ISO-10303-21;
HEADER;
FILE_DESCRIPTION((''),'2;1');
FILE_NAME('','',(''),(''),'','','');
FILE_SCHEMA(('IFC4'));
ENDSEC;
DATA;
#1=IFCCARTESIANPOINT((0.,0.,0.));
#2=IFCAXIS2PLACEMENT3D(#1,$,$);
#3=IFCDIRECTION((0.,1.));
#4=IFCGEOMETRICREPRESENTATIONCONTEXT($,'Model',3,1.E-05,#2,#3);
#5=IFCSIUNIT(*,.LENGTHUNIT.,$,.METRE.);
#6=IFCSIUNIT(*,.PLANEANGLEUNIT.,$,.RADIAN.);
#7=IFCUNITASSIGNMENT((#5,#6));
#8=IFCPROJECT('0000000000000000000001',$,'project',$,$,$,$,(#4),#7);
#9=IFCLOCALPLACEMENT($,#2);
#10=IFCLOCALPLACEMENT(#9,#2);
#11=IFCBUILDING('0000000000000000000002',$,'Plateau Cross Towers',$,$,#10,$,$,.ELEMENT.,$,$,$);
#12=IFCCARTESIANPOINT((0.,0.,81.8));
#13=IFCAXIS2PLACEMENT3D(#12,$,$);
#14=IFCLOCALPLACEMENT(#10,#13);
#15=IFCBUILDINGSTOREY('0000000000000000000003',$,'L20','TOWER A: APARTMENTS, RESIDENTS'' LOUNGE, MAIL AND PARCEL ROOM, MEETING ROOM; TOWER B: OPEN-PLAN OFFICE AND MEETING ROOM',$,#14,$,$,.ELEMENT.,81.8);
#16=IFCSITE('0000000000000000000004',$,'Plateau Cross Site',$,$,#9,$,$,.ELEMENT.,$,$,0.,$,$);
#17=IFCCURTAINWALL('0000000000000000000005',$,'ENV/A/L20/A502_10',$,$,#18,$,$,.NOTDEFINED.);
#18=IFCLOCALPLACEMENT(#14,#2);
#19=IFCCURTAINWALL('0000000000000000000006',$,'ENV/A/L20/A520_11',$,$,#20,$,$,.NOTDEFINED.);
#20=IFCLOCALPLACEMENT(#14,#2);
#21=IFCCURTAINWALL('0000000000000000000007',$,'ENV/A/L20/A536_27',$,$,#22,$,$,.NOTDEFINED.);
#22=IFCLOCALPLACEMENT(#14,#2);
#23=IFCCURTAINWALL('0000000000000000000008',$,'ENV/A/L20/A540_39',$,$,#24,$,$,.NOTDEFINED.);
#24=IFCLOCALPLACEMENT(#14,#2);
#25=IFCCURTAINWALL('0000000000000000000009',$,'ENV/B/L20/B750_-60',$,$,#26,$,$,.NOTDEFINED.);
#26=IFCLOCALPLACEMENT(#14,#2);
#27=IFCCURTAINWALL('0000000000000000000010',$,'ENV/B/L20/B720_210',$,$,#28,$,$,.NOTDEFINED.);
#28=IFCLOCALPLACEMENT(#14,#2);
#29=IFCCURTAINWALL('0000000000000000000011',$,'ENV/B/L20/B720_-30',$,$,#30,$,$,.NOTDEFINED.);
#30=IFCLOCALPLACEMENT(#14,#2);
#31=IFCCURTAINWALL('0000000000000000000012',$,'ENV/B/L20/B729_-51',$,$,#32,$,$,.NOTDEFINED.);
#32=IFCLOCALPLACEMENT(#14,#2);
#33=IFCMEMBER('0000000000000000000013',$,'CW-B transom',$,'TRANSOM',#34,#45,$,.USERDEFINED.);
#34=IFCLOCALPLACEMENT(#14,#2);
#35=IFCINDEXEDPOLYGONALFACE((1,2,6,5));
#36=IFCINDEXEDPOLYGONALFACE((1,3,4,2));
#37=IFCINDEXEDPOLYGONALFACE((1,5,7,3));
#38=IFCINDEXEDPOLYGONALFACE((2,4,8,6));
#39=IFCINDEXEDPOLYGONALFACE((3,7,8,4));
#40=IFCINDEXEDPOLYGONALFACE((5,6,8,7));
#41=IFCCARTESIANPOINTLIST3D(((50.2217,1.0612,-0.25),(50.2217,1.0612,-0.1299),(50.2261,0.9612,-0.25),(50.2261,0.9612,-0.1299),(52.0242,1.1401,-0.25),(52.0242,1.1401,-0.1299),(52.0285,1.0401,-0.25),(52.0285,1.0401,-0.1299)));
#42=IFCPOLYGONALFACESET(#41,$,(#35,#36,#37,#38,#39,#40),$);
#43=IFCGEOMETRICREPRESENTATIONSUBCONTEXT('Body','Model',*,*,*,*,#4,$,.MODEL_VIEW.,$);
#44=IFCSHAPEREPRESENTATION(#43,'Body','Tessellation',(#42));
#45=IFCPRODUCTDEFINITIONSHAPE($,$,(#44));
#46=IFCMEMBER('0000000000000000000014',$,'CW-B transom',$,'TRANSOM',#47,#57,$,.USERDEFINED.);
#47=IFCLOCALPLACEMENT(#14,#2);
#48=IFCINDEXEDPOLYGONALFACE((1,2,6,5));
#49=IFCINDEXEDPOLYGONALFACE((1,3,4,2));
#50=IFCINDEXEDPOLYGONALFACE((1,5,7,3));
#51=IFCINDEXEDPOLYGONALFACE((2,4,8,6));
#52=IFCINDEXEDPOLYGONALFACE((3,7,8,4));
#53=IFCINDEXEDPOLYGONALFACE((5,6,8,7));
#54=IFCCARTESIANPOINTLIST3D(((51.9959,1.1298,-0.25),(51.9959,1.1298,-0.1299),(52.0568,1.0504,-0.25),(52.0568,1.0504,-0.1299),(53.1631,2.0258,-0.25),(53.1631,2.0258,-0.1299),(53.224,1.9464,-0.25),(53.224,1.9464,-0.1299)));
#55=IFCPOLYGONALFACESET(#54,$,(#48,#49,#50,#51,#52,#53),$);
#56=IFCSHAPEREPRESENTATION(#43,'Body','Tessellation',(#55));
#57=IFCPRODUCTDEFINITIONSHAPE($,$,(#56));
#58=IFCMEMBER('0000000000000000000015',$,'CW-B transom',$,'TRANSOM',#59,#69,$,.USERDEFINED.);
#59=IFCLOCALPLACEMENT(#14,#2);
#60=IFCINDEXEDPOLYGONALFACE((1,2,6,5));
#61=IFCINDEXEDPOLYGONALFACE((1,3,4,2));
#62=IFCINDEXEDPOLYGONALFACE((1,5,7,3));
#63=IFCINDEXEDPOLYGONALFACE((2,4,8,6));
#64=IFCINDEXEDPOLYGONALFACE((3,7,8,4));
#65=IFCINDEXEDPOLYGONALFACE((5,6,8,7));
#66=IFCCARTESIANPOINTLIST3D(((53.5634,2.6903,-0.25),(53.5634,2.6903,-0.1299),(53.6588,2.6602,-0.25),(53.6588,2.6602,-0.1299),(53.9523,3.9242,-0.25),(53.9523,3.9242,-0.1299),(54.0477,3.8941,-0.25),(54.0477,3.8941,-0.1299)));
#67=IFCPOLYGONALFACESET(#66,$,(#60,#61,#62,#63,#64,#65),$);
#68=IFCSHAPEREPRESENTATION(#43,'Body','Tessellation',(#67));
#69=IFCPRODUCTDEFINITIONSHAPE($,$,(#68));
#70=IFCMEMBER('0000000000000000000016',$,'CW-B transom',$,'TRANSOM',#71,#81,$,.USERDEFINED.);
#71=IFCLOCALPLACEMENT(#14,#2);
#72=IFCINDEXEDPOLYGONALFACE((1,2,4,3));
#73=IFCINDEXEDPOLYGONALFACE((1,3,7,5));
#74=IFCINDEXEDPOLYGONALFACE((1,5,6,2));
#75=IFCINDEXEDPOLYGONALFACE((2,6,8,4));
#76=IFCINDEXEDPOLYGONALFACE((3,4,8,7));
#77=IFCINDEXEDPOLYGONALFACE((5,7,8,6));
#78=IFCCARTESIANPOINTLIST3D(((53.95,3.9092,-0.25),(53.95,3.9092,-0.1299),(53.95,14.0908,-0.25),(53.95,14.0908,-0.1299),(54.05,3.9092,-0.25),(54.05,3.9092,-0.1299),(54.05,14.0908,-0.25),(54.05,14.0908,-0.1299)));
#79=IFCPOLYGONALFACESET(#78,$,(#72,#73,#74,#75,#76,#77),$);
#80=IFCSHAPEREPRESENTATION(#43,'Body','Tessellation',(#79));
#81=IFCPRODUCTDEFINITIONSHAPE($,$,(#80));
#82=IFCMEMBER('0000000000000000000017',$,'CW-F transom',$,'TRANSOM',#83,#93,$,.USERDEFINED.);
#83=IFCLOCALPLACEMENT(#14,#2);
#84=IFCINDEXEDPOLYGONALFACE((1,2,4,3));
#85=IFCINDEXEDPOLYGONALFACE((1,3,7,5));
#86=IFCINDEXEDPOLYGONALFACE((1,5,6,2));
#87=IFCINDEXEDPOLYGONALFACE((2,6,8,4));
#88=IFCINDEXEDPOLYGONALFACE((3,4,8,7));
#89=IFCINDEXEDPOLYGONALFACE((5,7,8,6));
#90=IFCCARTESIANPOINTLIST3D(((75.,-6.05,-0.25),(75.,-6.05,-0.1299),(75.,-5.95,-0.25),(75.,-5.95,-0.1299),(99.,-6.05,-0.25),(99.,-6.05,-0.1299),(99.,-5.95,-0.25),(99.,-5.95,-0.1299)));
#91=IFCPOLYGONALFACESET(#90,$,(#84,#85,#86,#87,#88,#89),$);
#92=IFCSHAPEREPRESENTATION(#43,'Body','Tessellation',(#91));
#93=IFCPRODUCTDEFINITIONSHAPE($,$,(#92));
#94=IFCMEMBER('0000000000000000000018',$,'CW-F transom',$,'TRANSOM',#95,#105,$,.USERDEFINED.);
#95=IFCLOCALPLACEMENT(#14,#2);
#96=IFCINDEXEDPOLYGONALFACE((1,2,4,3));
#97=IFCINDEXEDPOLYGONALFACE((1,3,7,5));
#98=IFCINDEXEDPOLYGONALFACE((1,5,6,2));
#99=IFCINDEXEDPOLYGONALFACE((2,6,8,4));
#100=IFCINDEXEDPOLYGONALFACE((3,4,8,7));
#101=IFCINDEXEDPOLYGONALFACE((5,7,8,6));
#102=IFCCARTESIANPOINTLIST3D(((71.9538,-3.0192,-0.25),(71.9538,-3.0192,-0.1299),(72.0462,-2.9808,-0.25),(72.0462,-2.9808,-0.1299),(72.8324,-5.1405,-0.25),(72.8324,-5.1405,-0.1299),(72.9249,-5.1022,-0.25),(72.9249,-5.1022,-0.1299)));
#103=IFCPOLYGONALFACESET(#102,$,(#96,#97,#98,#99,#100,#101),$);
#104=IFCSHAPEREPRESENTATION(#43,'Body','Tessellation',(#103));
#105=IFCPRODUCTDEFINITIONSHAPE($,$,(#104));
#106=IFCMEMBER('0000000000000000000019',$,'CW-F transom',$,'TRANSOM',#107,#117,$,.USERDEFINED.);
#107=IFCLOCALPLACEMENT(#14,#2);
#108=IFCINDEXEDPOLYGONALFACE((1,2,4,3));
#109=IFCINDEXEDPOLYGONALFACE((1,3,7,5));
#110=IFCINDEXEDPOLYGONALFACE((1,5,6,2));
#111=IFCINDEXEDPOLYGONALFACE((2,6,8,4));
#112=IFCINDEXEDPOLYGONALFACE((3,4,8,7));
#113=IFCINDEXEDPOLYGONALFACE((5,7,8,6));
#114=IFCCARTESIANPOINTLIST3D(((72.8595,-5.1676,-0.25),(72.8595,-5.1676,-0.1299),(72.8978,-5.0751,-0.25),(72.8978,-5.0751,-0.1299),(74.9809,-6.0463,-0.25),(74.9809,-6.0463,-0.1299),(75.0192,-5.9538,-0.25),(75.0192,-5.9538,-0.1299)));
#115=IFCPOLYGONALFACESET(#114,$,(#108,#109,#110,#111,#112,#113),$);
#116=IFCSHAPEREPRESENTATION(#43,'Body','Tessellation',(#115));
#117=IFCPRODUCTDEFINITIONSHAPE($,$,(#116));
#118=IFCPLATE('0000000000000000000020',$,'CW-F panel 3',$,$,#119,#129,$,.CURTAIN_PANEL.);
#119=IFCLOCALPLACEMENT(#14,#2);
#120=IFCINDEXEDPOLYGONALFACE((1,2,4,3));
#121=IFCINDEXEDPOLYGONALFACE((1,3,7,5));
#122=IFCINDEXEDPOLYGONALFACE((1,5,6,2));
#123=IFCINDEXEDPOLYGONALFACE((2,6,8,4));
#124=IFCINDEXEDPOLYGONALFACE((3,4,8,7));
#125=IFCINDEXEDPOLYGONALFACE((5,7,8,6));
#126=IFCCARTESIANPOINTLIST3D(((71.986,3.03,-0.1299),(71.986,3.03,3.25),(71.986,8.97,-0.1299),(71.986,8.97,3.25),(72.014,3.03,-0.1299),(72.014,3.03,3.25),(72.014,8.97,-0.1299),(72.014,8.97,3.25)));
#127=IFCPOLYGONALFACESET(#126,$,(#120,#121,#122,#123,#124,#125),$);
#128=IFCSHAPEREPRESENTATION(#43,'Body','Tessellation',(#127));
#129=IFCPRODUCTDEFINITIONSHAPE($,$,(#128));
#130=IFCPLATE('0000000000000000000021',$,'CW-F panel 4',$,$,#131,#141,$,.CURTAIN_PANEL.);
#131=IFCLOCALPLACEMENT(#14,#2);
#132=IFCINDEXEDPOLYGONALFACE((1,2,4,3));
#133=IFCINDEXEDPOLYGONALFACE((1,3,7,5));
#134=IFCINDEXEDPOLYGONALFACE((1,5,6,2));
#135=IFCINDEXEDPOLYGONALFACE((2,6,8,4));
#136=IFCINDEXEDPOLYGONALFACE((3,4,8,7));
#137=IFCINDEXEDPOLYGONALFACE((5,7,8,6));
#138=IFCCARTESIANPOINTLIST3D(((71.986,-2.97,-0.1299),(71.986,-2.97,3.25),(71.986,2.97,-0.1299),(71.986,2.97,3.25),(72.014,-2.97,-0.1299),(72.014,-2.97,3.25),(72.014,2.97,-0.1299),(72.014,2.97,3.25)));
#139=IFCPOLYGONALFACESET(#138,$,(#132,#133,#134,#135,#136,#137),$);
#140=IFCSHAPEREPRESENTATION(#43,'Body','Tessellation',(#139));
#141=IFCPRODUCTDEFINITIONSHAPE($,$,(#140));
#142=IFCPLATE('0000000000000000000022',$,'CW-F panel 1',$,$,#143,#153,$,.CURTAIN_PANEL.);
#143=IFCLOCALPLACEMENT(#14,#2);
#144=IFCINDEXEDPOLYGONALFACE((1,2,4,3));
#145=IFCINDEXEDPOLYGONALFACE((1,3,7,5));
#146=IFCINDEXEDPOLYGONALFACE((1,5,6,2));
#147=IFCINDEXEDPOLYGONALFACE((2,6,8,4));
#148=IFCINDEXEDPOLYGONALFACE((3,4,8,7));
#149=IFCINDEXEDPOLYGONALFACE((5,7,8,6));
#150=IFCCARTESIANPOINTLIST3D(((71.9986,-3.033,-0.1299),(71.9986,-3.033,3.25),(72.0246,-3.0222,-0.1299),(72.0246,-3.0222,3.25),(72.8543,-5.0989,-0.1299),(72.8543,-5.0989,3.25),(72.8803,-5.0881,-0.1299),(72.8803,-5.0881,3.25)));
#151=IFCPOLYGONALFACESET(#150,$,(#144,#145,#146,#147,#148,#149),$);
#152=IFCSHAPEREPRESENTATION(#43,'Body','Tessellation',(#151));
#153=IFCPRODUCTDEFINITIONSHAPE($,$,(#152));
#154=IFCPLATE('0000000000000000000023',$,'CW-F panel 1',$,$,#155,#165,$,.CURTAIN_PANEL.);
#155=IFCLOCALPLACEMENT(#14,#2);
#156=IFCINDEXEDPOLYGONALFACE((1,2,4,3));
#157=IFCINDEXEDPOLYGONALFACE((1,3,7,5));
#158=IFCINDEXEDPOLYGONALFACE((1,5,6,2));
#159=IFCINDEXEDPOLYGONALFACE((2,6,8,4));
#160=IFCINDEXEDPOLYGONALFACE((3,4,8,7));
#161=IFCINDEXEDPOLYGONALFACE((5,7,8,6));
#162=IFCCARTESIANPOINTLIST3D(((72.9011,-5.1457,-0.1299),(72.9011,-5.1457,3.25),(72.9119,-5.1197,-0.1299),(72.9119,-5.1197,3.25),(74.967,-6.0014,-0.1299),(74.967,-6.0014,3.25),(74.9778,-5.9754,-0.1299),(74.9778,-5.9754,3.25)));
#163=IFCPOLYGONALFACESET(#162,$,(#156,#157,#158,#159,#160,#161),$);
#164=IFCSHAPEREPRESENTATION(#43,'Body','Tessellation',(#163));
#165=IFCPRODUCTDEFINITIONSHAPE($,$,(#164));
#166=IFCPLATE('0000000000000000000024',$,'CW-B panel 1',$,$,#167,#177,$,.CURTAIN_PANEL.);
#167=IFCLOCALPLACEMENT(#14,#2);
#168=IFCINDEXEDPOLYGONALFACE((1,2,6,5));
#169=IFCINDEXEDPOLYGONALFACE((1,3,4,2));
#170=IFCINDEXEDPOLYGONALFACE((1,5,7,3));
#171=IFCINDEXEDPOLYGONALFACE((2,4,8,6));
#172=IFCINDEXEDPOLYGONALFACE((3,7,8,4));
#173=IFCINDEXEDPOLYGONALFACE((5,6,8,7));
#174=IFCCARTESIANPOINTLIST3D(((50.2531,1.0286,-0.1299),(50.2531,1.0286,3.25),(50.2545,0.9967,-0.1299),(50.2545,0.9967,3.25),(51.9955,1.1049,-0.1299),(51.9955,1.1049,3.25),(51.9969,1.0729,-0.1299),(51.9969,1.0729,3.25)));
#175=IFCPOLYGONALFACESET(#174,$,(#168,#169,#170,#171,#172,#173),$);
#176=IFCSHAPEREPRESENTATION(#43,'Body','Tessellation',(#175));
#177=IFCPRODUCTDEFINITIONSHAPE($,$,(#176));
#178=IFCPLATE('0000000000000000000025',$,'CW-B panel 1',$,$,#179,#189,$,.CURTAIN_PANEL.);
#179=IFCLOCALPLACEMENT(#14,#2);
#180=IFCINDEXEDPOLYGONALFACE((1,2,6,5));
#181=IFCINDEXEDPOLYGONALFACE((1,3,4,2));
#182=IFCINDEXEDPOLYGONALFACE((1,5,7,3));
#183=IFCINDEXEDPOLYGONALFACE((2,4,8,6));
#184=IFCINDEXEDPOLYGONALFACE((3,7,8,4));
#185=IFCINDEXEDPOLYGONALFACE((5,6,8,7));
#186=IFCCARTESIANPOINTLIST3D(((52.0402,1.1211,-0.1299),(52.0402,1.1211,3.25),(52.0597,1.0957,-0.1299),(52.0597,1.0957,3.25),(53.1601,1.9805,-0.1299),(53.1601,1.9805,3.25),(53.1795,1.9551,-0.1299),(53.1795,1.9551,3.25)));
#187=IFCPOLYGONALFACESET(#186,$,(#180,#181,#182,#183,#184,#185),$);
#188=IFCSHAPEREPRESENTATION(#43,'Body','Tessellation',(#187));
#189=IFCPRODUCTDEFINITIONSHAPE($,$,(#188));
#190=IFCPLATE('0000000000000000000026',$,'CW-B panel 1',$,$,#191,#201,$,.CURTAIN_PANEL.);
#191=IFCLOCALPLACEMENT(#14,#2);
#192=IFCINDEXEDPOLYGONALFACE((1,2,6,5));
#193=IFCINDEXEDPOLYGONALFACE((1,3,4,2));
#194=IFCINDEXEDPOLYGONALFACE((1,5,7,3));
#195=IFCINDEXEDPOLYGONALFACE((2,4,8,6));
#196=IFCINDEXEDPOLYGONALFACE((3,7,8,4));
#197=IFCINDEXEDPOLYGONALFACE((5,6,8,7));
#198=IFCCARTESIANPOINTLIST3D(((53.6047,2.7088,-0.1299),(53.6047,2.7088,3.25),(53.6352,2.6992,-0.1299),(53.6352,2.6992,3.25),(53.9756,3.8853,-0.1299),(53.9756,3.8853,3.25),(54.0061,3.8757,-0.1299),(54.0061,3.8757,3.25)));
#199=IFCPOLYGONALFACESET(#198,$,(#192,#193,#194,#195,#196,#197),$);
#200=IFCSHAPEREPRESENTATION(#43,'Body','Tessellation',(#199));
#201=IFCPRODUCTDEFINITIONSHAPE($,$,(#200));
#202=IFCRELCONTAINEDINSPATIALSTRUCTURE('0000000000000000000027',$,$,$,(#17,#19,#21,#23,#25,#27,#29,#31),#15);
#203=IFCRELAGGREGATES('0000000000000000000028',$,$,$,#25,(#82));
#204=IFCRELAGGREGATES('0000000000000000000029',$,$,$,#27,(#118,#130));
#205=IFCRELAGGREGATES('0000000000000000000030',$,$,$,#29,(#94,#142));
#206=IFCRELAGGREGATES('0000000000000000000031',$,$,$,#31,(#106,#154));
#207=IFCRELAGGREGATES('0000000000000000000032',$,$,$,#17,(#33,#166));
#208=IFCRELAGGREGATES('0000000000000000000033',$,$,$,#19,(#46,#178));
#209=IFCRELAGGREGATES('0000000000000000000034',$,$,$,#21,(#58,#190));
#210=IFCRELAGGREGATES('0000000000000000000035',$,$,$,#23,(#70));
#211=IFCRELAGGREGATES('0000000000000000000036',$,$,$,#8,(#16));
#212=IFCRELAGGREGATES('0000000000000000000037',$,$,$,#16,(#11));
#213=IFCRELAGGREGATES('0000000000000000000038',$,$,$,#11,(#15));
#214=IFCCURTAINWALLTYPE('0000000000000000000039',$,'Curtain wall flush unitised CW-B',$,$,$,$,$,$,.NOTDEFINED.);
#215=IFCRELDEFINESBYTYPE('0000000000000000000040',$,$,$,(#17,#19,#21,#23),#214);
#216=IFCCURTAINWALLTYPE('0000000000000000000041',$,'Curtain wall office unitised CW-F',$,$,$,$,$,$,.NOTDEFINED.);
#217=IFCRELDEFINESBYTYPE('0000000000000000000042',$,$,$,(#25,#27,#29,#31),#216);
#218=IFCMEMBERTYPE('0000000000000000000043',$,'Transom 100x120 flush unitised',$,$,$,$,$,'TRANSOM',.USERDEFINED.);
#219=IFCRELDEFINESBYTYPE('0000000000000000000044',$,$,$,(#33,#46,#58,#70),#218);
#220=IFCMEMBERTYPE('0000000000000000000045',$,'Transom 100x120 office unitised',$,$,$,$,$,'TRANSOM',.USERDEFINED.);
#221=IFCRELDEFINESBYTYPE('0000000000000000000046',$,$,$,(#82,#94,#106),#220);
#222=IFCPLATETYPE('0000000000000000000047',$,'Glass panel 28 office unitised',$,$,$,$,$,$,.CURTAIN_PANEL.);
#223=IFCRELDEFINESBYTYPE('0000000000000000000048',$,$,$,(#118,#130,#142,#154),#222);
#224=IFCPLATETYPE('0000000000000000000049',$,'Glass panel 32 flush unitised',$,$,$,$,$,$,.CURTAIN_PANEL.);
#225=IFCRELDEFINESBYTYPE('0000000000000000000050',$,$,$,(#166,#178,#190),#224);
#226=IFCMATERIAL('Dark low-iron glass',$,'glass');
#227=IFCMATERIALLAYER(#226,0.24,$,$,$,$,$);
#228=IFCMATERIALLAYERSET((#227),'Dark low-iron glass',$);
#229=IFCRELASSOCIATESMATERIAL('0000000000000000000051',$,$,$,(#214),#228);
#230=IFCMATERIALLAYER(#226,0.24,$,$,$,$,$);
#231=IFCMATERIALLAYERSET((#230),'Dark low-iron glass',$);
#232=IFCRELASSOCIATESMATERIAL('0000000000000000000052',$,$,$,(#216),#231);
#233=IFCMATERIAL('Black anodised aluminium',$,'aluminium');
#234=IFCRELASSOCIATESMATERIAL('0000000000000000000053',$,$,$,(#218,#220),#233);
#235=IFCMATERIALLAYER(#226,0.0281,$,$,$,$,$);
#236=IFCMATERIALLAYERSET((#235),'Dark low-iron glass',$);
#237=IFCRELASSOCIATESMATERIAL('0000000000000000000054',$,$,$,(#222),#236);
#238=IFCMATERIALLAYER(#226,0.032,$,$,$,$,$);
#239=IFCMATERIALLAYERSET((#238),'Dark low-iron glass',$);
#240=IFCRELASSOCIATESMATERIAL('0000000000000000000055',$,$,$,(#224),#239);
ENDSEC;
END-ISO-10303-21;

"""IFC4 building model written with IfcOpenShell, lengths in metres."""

from ifc_helpers import new_model, si_unit, direction, frame, origin, origin_2d, place, context, subcontext, project, spatial, rectangle, extrude, material, layer, layer_set, material_profile, profile_set, type_object, element, aggregate, save


model = new_model("IFC4")

# Units and contexts
model_context = context("Model", 3, precision=1e-05, world=origin(), true_north=direction((0.0, 1.0)))
body_context = subcontext(model_context, "Body", "Model", "MODEL_VIEW")
ifc_project = project(units=[si_unit("LENGTHUNIT", "METRE"), si_unit("PLANEANGLEUNIT", "RADIAN")], contexts=[model_context])

# Site, building, storey
site_placement = place(None, origin())
site = spatial("IfcSite", under=ifc_project, at=site_placement, Name="Plateau Cross Site", CompositionType="ELEMENT", RefElevation=0.0)
building_placement = place(site_placement, origin())
building = spatial("IfcBuilding", under=site, at=building_placement, Name="Plateau Cross Towers", CompositionType="ELEMENT")
storey_placement = place(building_placement, frame((0.0, 0.0, 81.8)))
storey = spatial("IfcBuildingStorey", under=building, at=storey_placement, Name="L20", Description="TOWER A: APARTMENTS, RESIDENTS' LOUNGE, MAIL AND PARCEL ROOM, MEETING ROOM; TOWER B: OPEN-PLAN OFFICE AND MEETING ROOM", CompositionType="ELEMENT", Elevation=81.8)

# Curtain wall
ifc_material_1 = material(Name="Dark low-iron glass", Category="glass")
ifc_layer_1 = layer(ifc_material_1, 0.24)
ifc_layer_set_1 = layer_set([ifc_layer_1], Name="Dark low-iron glass")
curtain_wall_type_1 = type_object("IfcCurtainWallType", Name="Curtain wall flush unitised CW-B", PredefinedType="NOTDEFINED", material=ifc_layer_set_1)
curtain_wall_1_placement = place(storey_placement, origin())
curtain_wall_1 = element("IfcCurtainWall", 1, at=curtain_wall_1_placement, inside=storey, type_object=curtain_wall_type_1, Name="ENV/A/L20/A502_10", PredefinedType="NOTDEFINED")
ifc_material_2 = material(Name="Black anodised aluminium", Category="aluminium")

# Curtain wall
curtain_wall_2_placement = place(storey_placement, origin())
curtain_wall_2 = element("IfcCurtainWall", 2, at=curtain_wall_2_placement, inside=storey, type_object=curtain_wall_type_1, Name="ENV/A/L20/A520_11", PredefinedType="NOTDEFINED")

# Curtain wall
curtain_wall_3_placement = place(storey_placement, origin())
curtain_wall_3 = element("IfcCurtainWall", 3, at=curtain_wall_3_placement, inside=storey, type_object=curtain_wall_type_1, Name="ENV/A/L20/A536_27", PredefinedType="NOTDEFINED")

# Curtain wall
curtain_wall_4_placement = place(storey_placement, origin())
curtain_wall_4 = element("IfcCurtainWall", 4, at=curtain_wall_4_placement, inside=storey, type_object=curtain_wall_type_1, Name="ENV/A/L20/A540_39", PredefinedType="NOTDEFINED")

# Curtain walls
ifc_layer_2 = layer(ifc_material_1, 0.24)
ifc_layer_set_2 = layer_set([ifc_layer_2], Name="Dark low-iron glass")
curtain_wall_type_2 = type_object("IfcCurtainWallType", Name="Curtain wall office unitised CW-F", PredefinedType="NOTDEFINED", material=ifc_layer_set_2)
curtain_wall_5_placement = place(storey_placement, origin())
curtain_wall_5 = element("IfcCurtainWall", 5, at=curtain_wall_5_placement, inside=storey, type_object=curtain_wall_type_2, Name="ENV/B/L20/B750_-60", PredefinedType="NOTDEFINED")
curtain_wall_6_placement = place(storey_placement, origin())
curtain_wall_6 = element("IfcCurtainWall", 6, at=curtain_wall_6_placement, inside=storey, type_object=curtain_wall_type_2, Name="ENV/B/L20/B720_210", PredefinedType="NOTDEFINED")
curtain_wall_7_placement = place(storey_placement, origin())
curtain_wall_7 = element("IfcCurtainWall", 7, at=curtain_wall_7_placement, inside=storey, type_object=curtain_wall_type_2, Name="ENV/B/L20/B720_-30", PredefinedType="NOTDEFINED")
curtain_wall_8_placement = place(storey_placement, origin())
curtain_wall_8 = element("IfcCurtainWall", 8, at=curtain_wall_8_placement, inside=storey, type_object=curtain_wall_type_2, Name="ENV/B/L20/B729_-51", PredefinedType="NOTDEFINED")

# Members
ifc_material_profile_1 = material_profile(ifc_material_2, rectangle(XDim=0.1001, YDim=0.1201, at=origin_2d()), Name="TRANSOM 100x120")
ifc_profile_set_1 = profile_set([ifc_material_profile_1], Name="Black anodised aluminium")
member_type_1 = type_object("IfcMemberType", Name="Transom 100x120 flush unitised", ElementType="TRANSOM", PredefinedType="USERDEFINED", material=ifc_profile_set_1)
member_1_placement = place(storey_placement, frame((50.2239, 1.0112, -0.1899), z_axis=(0.999044, 0.043707, 0.0), x_axis=(-0.043707, 0.999044, 0.0)))
member_1 = element("IfcMember", 9, at=member_1_placement, type_object=member_type_1, Name="CW-B transom", ObjectType="TRANSOM", PredefinedType="USERDEFINED", context=body_context, shape_type="SweptSolid", body=[
    extrude(rectangle(XDim=0.1001, YDim=0.1201, at=origin_2d()), origin(), (0.0, 0.0, 1.0), 1.8042),
])
member_2_placement = place(storey_placement, frame((52.0264, 1.0901, -0.1899), z_axis=(0.79324, 0.608909, 0.0), x_axis=(-0.608909, 0.79324, 0.0)))
member_2 = element("IfcMember", 10, at=member_2_placement, type_object=member_type_1, Name="CW-B transom", ObjectType="TRANSOM", PredefinedType="USERDEFINED", context=body_context, shape_type="SweptSolid", body=[
    extrude(rectangle(XDim=0.1001, YDim=0.1201, at=origin_2d()), origin(), (0.0, 0.0, 1.0), 1.4714),
])
member_3_placement = place(storey_placement, frame((53.6111, 2.6753, -0.1899), z_axis=(0.300617, 0.953745, 0.0), x_axis=(-0.953745, 0.300617, 0.0)))
member_3 = element("IfcMember", 11, at=member_3_placement, type_object=member_type_1, Name="CW-B transom", ObjectType="TRANSOM", PredefinedType="USERDEFINED", context=body_context, shape_type="SweptSolid", body=[
    extrude(rectangle(XDim=0.1001, YDim=0.1201, at=origin_2d()), origin(), (0.0, 0.0, 1.0), 1.2937),
])
member_4_placement = place(storey_placement, frame((54.0, 3.9092, -0.1899), z_axis=(0.0, 1.0, 0.0), x_axis=(-1.0, 0.0, 0.0)))
member_4 = element("IfcMember", 12, at=member_4_placement, type_object=member_type_1, Name="CW-B transom", ObjectType="TRANSOM", PredefinedType="USERDEFINED", context=body_context, shape_type="SweptSolid", body=[
    extrude(rectangle(XDim=0.1001, YDim=0.1201, at=origin_2d()), origin(), (0.0, 0.0, 1.0), 10.1816),
])
ifc_material_profile_2 = material_profile(ifc_material_2, rectangle(XDim=0.1001, YDim=0.1201, at=origin_2d()), Name="TRANSOM 100x120")
ifc_profile_set_2 = profile_set([ifc_material_profile_2], Name="Black anodised aluminium")
member_type_2 = type_object("IfcMemberType", Name="Transom 100x120 office unitised", ElementType="TRANSOM", PredefinedType="USERDEFINED", material=ifc_profile_set_2)
member_5_placement = place(storey_placement, frame((75.0, -6.0, -0.1899), z_axis=(1.0, 0.0, 0.0), x_axis=(0.0, 1.0, 0.0)))
member_5 = element("IfcMember", 13, at=member_5_placement, type_object=member_type_2, Name="CW-F transom", ObjectType="TRANSOM", PredefinedType="USERDEFINED", context=body_context, shape_type="SweptSolid", body=[
    extrude(rectangle(XDim=0.1001, YDim=0.1201, at=origin_2d()), origin(), (0.0, 0.0, 1.0), 24.0),
])
aggregate(curtain_wall_5, [member_5])
member_6_placement = place(storey_placement, frame((72.0, -3.0, -0.1899), z_axis=(0.382674, -0.923883, 0.0), x_axis=(0.923883, 0.382674, 0.0)))
member_6 = element("IfcMember", 14, at=member_6_placement, type_object=member_type_2, Name="CW-F transom", ObjectType="TRANSOM", PredefinedType="USERDEFINED", context=body_context, shape_type="SweptSolid", body=[
    extrude(rectangle(XDim=0.1001, YDim=0.1201, at=origin_2d()), origin(), (0.0, 0.0, 1.0), 2.2961),
])
member_7_placement = place(storey_placement, frame((72.8787, -5.1213, -0.1899), z_axis=(0.923883, -0.382674, 0.0), x_axis=(0.382674, 0.923883, 0.0)))
member_7 = element("IfcMember", 15, at=member_7_placement, type_object=member_type_2, Name="CW-F transom", ObjectType="TRANSOM", PredefinedType="USERDEFINED", context=body_context, shape_type="SweptSolid", body=[
    extrude(rectangle(XDim=0.1001, YDim=0.1201, at=origin_2d()), origin(), (0.0, 0.0, 1.0), 2.2961),
])

# Plates
ifc_layer_3 = layer(ifc_material_1, 0.0281)
ifc_layer_set_3 = layer_set([ifc_layer_3], Name="Dark low-iron glass")
plate_type_1 = type_object("IfcPlateType", Name="Glass panel 28 office unitised", PredefinedType="CURTAIN_PANEL", material=ifc_layer_set_3)
plate_1_placement = place(storey_placement, frame((72.0, 6.0, -0.1299), z_axis=(0.0, 0.0, 1.0), x_axis=(0.0, -1.0, 0.0)))
plate_1 = element("IfcPlate", 16, at=plate_1_placement, type_object=plate_type_1, Name="CW-F panel 3", PredefinedType="CURTAIN_PANEL", context=body_context, shape_type="SweptSolid", body=[
    extrude(rectangle(XDim=5.9399, YDim=0.0281, at=origin_2d()), origin(), (0.0, 0.0, 1.0), 3.3799),
])
plate_2_placement = place(storey_placement, frame((72.0, 0.0, -0.1299), z_axis=(0.0, 0.0, 1.0), x_axis=(0.0, -1.0, 0.0)))
plate_2 = element("IfcPlate", 17, at=plate_2_placement, type_object=plate_type_1, Name="CW-F panel 4", PredefinedType="CURTAIN_PANEL", context=body_context, shape_type="SweptSolid", body=[
    extrude(rectangle(XDim=5.9399, YDim=0.0281, at=origin_2d()), origin(), (0.0, 0.0, 1.0), 3.3799),
])
aggregate(curtain_wall_6, [plate_1, plate_2])
plate_3_placement = place(storey_placement, frame((72.4395, -4.0605, -0.1299), z_axis=(0.0, 0.0, 1.0), x_axis=(0.382684, -0.923879, 0.0)))
plate_3 = element("IfcPlate", 18, at=plate_3_placement, type_object=plate_type_1, Name="CW-F panel 1", PredefinedType="CURTAIN_PANEL", context=body_context, shape_type="SweptSolid", body=[
    extrude(rectangle(XDim=2.2361, YDim=0.0281, at=origin_2d()), origin(), (0.0, 0.0, 1.0), 3.3799),
])
aggregate(curtain_wall_7, [member_6, plate_3])
plate_4_placement = place(storey_placement, frame((73.9395, -5.5605, -0.1299), z_axis=(0.0, 0.0, 1.0), x_axis=(0.923879, -0.382684, 0.0)))
plate_4 = element("IfcPlate", 19, at=plate_4_placement, type_object=plate_type_1, Name="CW-F panel 1", PredefinedType="CURTAIN_PANEL", context=body_context, shape_type="SweptSolid", body=[
    extrude(rectangle(XDim=2.2361, YDim=0.0281, at=origin_2d()), origin(), (0.0, 0.0, 1.0), 3.3799),
])
aggregate(curtain_wall_8, [member_7, plate_4])
ifc_layer_4 = layer(ifc_material_1, 0.032)
ifc_layer_set_4 = layer_set([ifc_layer_4], Name="Dark low-iron glass")
plate_type_2 = type_object("IfcPlateType", Name="Glass panel 32 flush unitised", PredefinedType="CURTAIN_PANEL", material=ifc_layer_set_4)
plate_5_placement = place(storey_placement, frame((51.125, 1.0508, -0.1299), z_axis=(0.0, 0.0, 1.0), x_axis=(0.999044, 0.043723, 0.0)))
plate_5 = element("IfcPlate", 20, at=plate_5_placement, type_object=plate_type_2, Name="CW-B panel 1", PredefinedType="CURTAIN_PANEL", context=body_context, shape_type="SweptSolid", body=[
    extrude(rectangle(XDim=1.7441, YDim=0.032, at=origin_2d()), origin(), (0.0, 0.0, 1.0), 3.3799),
])
aggregate(curtain_wall_1, [member_1, plate_5])
plate_6_placement = place(storey_placement, frame((52.6099, 1.5381, -0.1299), z_axis=(0.0, 0.0, 1.0), x_axis=(0.793316, 0.608811, 0.0)))
plate_6 = element("IfcPlate", 21, at=plate_6_placement, type_object=plate_type_2, Name="CW-B panel 1", PredefinedType="CURTAIN_PANEL", context=body_context, shape_type="SweptSolid", body=[
    extrude(rectangle(XDim=1.4116, YDim=0.032, at=origin_2d()), origin(), (0.0, 0.0, 1.0), 3.3799),
])
aggregate(curtain_wall_2, [member_2, plate_6])
plate_7_placement = place(storey_placement, frame((53.8054, 3.2922, -0.1299), z_axis=(0.0, 0.0, 1.0), x_axis=(0.300686, 0.953723, 0.0)))
plate_7 = element("IfcPlate", 22, at=plate_7_placement, type_object=plate_type_2, Name="CW-B panel 1", PredefinedType="CURTAIN_PANEL", context=body_context, shape_type="SweptSolid", body=[
    extrude(rectangle(XDim=1.2336, YDim=0.032, at=origin_2d()), origin(), (0.0, 0.0, 1.0), 3.3799),
])
aggregate(curtain_wall_3, [member_3, plate_7])
aggregate(curtain_wall_4, [member_4])

save(model, "model.ifc")
